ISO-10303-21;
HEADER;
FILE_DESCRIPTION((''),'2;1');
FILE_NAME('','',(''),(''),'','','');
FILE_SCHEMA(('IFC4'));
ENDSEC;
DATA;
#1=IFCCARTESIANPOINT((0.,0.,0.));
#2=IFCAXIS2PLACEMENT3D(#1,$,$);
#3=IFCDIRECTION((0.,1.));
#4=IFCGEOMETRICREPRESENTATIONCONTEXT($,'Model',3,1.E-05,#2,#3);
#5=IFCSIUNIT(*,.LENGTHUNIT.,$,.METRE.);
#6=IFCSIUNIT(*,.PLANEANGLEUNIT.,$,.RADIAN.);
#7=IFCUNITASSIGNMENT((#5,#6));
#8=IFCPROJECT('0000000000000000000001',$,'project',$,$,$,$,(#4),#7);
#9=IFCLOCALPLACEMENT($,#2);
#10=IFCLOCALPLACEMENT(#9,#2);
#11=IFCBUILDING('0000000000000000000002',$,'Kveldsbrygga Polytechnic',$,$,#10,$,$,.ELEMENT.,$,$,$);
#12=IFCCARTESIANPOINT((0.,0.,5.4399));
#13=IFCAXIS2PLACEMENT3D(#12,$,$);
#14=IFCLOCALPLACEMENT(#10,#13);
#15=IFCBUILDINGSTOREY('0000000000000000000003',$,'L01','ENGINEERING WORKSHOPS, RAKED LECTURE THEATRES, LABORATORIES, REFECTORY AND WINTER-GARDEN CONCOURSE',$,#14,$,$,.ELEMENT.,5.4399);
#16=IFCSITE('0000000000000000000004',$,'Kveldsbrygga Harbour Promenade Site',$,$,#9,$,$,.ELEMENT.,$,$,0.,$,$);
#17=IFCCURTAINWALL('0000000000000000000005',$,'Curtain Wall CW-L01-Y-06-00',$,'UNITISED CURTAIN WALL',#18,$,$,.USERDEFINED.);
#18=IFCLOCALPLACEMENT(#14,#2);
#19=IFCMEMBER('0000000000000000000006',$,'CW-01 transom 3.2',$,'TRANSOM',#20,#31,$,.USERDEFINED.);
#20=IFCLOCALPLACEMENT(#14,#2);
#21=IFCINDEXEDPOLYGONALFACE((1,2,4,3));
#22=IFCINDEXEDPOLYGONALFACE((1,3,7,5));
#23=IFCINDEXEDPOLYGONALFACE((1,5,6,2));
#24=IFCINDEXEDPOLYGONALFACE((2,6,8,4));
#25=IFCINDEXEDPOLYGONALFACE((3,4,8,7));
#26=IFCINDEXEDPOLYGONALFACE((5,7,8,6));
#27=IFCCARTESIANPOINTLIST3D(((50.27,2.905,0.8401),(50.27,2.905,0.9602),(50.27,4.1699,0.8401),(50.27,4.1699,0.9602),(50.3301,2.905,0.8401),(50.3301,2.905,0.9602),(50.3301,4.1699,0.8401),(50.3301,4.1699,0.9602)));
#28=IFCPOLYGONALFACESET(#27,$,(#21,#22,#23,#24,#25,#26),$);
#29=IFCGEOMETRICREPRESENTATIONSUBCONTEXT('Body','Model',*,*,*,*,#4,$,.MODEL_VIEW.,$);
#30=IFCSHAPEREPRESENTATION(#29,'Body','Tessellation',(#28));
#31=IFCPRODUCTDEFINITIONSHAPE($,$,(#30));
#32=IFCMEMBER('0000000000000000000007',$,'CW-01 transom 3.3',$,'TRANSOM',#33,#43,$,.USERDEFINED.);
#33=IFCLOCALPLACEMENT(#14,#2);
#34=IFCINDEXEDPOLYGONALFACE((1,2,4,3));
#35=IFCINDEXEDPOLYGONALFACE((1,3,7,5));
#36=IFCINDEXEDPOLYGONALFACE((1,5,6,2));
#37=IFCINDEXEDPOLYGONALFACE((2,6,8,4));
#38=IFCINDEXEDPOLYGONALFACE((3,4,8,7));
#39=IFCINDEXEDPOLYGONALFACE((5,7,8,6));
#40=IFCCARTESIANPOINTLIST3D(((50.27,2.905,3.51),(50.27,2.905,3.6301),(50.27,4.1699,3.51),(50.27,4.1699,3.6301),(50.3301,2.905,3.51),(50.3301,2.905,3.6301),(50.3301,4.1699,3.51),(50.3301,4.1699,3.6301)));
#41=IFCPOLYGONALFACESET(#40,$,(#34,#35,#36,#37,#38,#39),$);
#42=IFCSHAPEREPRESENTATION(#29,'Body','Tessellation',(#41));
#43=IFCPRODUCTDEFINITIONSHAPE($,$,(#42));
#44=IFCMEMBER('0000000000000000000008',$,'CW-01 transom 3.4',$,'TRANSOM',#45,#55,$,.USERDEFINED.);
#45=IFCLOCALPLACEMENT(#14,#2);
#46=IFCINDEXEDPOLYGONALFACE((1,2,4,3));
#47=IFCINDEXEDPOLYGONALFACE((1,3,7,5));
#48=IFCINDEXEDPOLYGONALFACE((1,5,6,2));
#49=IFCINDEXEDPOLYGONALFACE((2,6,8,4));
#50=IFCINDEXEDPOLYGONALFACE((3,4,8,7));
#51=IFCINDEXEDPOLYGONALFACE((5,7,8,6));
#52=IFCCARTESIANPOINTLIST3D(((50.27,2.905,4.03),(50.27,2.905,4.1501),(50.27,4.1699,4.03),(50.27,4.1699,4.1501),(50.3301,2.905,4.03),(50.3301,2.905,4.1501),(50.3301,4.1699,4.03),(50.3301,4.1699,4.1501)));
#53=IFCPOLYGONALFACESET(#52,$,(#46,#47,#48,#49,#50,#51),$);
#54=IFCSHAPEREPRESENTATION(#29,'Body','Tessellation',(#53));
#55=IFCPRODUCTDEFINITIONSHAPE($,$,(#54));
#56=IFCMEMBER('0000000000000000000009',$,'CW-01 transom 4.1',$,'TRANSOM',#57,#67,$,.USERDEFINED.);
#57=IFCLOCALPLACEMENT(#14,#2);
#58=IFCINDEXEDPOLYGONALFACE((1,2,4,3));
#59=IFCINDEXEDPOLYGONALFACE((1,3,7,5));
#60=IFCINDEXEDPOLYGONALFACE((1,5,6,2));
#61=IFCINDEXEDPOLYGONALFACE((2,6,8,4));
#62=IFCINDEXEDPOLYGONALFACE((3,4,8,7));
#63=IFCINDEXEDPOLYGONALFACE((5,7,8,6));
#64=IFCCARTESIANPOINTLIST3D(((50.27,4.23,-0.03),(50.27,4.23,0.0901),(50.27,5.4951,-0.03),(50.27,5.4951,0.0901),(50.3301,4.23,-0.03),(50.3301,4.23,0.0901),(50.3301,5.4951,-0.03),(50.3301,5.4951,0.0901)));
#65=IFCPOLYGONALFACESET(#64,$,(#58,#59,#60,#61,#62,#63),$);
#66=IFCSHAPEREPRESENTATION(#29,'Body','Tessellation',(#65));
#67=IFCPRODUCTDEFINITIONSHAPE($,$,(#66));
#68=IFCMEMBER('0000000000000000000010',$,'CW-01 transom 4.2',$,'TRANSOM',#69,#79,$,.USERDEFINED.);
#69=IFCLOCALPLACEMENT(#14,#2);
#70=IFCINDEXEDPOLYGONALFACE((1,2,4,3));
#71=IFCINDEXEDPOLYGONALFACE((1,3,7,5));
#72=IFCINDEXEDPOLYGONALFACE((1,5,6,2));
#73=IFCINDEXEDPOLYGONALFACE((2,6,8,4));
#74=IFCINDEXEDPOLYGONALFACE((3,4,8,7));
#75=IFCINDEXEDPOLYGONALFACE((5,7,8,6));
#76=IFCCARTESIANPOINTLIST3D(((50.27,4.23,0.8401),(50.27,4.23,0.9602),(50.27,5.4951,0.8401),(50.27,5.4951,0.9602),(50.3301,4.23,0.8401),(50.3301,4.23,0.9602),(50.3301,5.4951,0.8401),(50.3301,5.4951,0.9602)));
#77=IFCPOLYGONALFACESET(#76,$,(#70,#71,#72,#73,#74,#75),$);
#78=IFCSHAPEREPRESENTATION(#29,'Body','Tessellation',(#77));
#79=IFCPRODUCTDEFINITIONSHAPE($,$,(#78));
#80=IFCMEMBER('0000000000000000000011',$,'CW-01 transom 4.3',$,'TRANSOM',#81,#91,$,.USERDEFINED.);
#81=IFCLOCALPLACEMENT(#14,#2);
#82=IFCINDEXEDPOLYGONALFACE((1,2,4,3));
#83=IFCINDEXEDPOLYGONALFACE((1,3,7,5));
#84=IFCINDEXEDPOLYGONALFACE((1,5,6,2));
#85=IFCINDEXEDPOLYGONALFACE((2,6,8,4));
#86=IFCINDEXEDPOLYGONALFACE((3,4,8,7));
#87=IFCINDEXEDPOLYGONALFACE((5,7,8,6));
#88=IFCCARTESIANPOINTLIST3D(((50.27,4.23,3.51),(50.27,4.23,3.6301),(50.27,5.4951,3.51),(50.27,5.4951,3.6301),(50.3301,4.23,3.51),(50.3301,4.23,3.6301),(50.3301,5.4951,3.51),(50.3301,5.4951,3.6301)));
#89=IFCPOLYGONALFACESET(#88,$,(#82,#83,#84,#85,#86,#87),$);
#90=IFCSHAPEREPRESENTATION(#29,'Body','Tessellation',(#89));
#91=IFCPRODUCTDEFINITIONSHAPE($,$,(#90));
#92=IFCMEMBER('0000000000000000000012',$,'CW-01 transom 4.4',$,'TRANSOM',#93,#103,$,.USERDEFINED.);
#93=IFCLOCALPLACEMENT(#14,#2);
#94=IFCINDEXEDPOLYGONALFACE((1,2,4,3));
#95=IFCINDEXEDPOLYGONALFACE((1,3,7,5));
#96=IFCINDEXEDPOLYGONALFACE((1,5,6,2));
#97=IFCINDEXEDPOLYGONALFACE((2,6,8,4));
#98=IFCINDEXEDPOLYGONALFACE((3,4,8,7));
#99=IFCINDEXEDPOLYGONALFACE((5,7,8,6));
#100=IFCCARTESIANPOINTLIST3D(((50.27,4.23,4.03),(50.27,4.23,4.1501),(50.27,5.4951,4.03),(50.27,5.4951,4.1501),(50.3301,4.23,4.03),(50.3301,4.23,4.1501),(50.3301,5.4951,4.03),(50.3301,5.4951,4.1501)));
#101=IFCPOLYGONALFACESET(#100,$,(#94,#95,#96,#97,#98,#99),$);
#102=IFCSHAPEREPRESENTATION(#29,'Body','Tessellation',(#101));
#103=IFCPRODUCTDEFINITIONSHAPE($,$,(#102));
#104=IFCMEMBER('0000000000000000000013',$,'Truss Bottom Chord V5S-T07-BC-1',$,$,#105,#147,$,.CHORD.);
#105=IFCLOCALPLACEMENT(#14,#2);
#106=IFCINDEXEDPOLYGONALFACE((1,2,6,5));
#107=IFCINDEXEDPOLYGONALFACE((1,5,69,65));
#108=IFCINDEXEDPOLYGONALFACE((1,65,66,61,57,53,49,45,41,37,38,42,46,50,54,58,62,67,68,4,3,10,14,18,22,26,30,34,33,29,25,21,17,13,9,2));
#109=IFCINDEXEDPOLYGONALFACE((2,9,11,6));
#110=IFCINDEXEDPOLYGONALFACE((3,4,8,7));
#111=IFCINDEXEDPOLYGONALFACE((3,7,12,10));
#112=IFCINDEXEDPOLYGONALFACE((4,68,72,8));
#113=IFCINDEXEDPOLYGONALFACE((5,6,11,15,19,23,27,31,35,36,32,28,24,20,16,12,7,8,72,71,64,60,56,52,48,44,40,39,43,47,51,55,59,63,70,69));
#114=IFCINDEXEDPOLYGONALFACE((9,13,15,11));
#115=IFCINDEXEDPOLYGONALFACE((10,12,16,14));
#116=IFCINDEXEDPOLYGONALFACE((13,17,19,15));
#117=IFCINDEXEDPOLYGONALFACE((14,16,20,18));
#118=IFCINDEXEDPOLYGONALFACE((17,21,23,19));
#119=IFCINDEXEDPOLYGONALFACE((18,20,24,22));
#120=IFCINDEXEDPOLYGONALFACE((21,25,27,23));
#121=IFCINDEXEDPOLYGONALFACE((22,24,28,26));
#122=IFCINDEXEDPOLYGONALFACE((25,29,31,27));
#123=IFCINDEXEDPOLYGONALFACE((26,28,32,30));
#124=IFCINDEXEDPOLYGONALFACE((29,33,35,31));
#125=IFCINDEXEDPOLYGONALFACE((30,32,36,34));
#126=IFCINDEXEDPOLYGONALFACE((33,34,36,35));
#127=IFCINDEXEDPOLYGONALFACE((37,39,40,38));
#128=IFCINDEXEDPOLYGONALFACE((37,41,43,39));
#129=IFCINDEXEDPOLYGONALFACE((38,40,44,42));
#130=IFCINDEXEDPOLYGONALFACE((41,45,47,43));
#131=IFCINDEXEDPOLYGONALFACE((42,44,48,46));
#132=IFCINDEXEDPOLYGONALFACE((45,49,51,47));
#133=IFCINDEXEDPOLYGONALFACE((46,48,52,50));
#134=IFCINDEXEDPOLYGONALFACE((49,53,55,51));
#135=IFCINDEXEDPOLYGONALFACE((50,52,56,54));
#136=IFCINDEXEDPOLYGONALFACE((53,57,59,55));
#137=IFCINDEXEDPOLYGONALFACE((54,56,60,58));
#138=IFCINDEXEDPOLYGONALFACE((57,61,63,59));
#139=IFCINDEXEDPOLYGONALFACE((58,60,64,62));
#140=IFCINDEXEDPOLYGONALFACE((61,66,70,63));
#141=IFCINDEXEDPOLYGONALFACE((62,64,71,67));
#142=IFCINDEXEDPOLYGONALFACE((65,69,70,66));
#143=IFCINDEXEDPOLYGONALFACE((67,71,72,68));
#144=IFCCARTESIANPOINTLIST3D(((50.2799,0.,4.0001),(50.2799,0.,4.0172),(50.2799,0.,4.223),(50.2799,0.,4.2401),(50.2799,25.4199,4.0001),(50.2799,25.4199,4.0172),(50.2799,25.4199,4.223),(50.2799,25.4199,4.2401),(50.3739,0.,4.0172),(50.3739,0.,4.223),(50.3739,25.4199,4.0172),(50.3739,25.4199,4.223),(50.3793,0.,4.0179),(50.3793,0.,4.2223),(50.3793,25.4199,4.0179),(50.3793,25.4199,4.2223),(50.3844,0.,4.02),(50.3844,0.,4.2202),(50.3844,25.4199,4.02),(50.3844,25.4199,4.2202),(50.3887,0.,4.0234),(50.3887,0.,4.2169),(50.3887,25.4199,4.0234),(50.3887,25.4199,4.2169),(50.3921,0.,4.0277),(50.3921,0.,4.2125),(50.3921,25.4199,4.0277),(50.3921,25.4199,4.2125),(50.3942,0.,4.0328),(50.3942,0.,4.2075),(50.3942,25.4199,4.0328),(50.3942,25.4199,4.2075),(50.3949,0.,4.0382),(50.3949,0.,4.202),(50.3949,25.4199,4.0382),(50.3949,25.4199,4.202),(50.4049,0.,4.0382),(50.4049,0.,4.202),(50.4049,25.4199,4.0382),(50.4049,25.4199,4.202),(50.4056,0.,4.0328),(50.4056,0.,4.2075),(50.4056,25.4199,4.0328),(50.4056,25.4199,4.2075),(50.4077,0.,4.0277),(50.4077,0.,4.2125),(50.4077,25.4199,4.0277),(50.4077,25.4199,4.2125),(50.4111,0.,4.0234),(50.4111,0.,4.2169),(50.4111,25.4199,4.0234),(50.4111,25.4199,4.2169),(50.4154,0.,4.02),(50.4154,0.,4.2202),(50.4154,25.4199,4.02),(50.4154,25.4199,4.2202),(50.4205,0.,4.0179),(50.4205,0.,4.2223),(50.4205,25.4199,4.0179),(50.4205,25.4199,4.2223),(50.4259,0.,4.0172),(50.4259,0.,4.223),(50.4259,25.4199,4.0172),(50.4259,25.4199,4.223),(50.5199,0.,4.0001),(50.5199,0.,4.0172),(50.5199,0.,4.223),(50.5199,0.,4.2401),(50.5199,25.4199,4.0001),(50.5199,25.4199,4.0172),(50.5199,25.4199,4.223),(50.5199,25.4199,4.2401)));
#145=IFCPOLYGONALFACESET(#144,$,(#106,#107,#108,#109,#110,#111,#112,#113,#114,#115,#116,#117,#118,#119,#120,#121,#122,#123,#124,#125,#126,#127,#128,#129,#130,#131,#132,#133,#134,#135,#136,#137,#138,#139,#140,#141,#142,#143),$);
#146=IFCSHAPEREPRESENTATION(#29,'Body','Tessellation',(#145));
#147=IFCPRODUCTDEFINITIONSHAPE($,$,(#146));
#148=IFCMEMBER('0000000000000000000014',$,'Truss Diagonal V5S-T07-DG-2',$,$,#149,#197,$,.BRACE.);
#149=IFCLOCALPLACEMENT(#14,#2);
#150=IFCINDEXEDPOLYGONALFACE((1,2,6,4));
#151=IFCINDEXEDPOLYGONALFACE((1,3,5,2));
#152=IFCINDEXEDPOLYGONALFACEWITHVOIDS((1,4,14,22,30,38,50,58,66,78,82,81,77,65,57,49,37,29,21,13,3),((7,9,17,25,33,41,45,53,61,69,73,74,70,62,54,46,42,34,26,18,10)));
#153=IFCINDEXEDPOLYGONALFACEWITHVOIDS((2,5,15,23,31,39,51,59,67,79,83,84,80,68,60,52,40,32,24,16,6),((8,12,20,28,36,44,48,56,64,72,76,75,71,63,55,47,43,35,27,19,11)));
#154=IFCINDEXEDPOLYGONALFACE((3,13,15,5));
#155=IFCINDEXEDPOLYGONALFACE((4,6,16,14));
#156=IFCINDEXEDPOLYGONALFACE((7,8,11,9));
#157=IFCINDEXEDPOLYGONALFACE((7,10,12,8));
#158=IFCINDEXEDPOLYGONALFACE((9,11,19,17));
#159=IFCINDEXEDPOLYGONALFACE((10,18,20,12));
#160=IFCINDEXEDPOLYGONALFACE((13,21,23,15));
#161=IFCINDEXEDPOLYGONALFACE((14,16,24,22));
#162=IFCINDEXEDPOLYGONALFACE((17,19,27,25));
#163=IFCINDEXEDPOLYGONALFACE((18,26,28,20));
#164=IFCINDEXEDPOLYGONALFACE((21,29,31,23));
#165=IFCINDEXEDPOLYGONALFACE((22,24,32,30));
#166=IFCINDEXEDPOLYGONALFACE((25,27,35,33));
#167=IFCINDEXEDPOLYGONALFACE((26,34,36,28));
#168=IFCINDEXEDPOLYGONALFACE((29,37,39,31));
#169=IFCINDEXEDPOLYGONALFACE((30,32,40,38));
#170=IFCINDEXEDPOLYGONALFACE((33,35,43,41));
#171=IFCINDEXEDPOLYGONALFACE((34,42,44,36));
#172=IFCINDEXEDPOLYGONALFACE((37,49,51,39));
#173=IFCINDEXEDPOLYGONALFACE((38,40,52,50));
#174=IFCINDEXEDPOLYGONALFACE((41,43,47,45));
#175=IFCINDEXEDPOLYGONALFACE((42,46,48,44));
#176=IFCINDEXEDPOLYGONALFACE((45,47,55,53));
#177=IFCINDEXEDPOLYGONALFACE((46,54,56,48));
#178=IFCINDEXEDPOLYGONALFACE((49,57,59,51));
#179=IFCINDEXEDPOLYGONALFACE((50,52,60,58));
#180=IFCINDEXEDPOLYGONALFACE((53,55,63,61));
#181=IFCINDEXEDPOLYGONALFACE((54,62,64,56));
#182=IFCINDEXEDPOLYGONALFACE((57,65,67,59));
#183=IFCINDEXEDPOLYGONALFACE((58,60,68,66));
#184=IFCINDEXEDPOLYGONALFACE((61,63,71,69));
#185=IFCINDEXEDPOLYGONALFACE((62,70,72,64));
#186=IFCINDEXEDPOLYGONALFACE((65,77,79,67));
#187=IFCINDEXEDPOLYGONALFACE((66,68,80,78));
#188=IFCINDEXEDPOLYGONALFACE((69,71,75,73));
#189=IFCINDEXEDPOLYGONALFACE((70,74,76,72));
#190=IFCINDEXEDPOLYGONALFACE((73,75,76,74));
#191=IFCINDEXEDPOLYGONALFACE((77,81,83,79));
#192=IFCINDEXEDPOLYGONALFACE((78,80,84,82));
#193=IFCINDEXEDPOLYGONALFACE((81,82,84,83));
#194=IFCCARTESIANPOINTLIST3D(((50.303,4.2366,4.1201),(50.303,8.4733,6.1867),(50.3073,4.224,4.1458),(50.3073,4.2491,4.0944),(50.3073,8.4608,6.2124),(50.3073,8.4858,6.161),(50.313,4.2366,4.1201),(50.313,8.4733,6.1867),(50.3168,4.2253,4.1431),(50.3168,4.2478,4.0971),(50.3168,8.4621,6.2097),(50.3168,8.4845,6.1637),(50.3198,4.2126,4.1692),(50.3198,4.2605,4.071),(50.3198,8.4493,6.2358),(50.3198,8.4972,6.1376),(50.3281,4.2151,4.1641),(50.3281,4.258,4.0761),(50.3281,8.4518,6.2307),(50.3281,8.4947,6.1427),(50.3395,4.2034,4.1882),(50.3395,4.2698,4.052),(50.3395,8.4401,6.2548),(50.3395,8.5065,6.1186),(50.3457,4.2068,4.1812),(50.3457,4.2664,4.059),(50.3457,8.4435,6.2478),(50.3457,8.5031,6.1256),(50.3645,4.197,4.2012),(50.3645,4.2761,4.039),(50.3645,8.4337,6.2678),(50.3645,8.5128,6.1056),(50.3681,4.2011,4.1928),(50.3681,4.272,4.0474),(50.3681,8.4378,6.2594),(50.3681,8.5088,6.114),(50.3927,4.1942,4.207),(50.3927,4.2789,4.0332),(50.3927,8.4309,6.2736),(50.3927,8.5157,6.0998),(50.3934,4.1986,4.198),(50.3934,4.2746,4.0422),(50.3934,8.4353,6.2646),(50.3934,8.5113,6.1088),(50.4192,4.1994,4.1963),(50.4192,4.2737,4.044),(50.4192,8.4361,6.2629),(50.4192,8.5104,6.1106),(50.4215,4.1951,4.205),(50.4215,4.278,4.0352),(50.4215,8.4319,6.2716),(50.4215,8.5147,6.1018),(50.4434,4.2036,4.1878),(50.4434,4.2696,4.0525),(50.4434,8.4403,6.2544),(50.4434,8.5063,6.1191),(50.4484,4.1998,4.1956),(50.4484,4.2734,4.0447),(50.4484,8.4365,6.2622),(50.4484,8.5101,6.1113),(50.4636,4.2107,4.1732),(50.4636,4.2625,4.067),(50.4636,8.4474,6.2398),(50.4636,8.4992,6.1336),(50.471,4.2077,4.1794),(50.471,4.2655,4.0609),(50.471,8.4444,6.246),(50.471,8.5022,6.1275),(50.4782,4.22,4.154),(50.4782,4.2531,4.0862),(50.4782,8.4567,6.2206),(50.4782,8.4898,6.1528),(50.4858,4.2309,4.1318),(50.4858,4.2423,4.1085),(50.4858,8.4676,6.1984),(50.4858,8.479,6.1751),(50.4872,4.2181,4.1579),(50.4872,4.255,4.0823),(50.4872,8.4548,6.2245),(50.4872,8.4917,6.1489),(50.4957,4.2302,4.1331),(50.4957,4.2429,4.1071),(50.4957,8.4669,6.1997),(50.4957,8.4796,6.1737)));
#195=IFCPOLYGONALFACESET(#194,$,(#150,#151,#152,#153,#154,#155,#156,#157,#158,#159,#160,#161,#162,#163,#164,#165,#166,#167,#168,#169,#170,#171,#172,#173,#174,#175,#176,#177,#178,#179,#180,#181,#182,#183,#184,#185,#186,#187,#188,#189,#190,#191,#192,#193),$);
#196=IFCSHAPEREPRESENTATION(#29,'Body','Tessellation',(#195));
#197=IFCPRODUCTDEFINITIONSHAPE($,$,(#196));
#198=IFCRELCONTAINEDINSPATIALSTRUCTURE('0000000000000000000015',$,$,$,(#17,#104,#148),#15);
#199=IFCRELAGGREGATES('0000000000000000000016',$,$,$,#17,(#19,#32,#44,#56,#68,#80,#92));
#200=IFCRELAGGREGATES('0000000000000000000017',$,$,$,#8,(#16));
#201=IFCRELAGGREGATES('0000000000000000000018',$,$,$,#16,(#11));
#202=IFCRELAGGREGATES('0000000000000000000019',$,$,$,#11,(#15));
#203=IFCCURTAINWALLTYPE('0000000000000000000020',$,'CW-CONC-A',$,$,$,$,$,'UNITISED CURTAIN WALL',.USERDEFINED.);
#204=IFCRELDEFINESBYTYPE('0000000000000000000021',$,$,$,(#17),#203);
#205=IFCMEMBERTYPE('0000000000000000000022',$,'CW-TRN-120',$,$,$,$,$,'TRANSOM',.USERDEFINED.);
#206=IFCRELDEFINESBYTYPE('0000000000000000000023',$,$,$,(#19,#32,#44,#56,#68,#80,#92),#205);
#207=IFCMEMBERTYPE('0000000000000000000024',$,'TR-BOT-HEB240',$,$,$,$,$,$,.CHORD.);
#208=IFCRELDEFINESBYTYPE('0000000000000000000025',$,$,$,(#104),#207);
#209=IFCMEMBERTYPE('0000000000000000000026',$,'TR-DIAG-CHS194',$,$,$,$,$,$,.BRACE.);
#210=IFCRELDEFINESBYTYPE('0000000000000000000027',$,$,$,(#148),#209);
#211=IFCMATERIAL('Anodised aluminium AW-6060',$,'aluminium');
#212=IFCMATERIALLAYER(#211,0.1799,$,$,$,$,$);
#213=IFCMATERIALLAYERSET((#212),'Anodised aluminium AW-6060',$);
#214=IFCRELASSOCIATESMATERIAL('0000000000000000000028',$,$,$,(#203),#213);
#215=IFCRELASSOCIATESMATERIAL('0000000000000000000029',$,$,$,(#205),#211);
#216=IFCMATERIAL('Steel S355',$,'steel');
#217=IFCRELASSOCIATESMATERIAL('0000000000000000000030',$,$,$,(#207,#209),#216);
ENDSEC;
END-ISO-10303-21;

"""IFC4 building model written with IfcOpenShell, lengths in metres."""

from ifc_helpers import new_model, si_unit, direction, frame, origin, origin_2d, place, context, subcontext, project, spatial, rectangle, hollow_circle, i_section, extrude, material, layer, layer_set, material_profile, profile_set, type_object, element, aggregate, save


model = new_model("IFC4")

# Units and contexts
model_context = context("Model", 3, precision=1e-05, world=origin(), true_north=direction((0.0, 1.0)))
body_context = subcontext(model_context, "Body", "Model", "MODEL_VIEW")
ifc_project = project(units=[si_unit("LENGTHUNIT", "METRE"), si_unit("PLANEANGLEUNIT", "RADIAN")], contexts=[model_context])

# Site, building, storey
site_placement = place(None, origin())
site = spatial("IfcSite", under=ifc_project, at=site_placement, Name="Kveldsbrygga Harbour Promenade Site", CompositionType="ELEMENT", RefElevation=0.0)
building_placement = place(site_placement, origin())
building = spatial("IfcBuilding", under=site, at=building_placement, Name="Kveldsbrygga Polytechnic", CompositionType="ELEMENT")
storey_placement = place(building_placement, frame((0.0, 0.0, 5.4399)))
storey = spatial("IfcBuildingStorey", under=building, at=storey_placement, Name="L01", Description="ENGINEERING WORKSHOPS, RAKED LECTURE THEATRES, LABORATORIES, REFECTORY AND WINTER-GARDEN CONCOURSE", CompositionType="ELEMENT", Elevation=5.4399)

# Curtain wall, members
ifc_material_1 = material(Name="Anodised aluminium AW-6060", Category="aluminium")
ifc_layer_1 = layer(ifc_material_1, 0.1799)
ifc_layer_set_1 = layer_set([ifc_layer_1], Name="Anodised aluminium AW-6060")
curtain_wall_type = type_object("IfcCurtainWallType", Name="CW-CONC-A", ElementType="UNITISED CURTAIN WALL", PredefinedType="USERDEFINED", material=ifc_layer_set_1)
curtain_wall_placement = place(storey_placement, origin())
curtain_wall = element("IfcCurtainWall", 1, at=curtain_wall_placement, inside=storey, type_object=curtain_wall_type, Name="Curtain Wall CW-L01-Y-06-00", ObjectType="UNITISED CURTAIN WALL", PredefinedType="USERDEFINED")
ifc_material_profile_1 = material_profile(ifc_material_1, rectangle(XDim=0.0601, YDim=0.1201, at=origin_2d()), Name="ALU 60x120")
ifc_profile_set_1 = profile_set([ifc_material_profile_1], Name="Anodised aluminium AW-6060")
member_type_1 = type_object("IfcMemberType", Name="CW-TRN-120", ElementType="TRANSOM", PredefinedType="USERDEFINED", material=ifc_profile_set_1)
member_1_placement = place(storey_placement, frame((50.3, 2.905, 0.9001), z_axis=(0.0, 1.0, 0.0), x_axis=(-1.0, 0.0, 0.0)))
member_1 = element("IfcMember", 2, at=member_1_placement, type_object=member_type_1, Name="CW-01 transom 3.2", ObjectType="TRANSOM", PredefinedType="USERDEFINED", context=body_context, shape_type="SweptSolid", body=[
    extrude(rectangle(XDim=0.0601, YDim=0.1201, at=origin_2d()), origin(), (0.0, 0.0, 1.0), 1.2649),
])
member_2_placement = place(storey_placement, frame((50.3, 2.905, 3.5701), z_axis=(0.0, 1.0, 0.0), x_axis=(-1.0, 0.0, 0.0)))
member_2 = element("IfcMember", 3, at=member_2_placement, type_object=member_type_1, Name="CW-01 transom 3.3", ObjectType="TRANSOM", PredefinedType="USERDEFINED", context=body_context, shape_type="SweptSolid", body=[
    extrude(rectangle(XDim=0.0601, YDim=0.1201, at=origin_2d()), origin(), (0.0, 0.0, 1.0), 1.2649),
])
member_3_placement = place(storey_placement, frame((50.3, 2.905, 4.0901), z_axis=(0.0, 1.0, 0.0), x_axis=(-1.0, 0.0, 0.0)))
member_3 = element("IfcMember", 4, at=member_3_placement, type_object=member_type_1, Name="CW-01 transom 3.4", ObjectType="TRANSOM", PredefinedType="USERDEFINED", context=body_context, shape_type="SweptSolid", body=[
    extrude(rectangle(XDim=0.0601, YDim=0.1201, at=origin_2d()), origin(), (0.0, 0.0, 1.0), 1.2649),
])
member_4_placement = place(storey_placement, frame((50.3, 4.23, 0.03), z_axis=(0.0, 1.0, 0.0), x_axis=(-1.0, 0.0, 0.0)))
member_4 = element("IfcMember", 5, at=member_4_placement, type_object=member_type_1, Name="CW-01 transom 4.1", ObjectType="TRANSOM", PredefinedType="USERDEFINED", context=body_context, shape_type="SweptSolid", body=[
    extrude(rectangle(XDim=0.0601, YDim=0.1201, at=origin_2d()), origin(), (0.0, 0.0, 1.0), 1.2651),
])
member_5_placement = place(storey_placement, frame((50.3, 4.23, 0.9001), z_axis=(0.0, 1.0, 0.0), x_axis=(-1.0, 0.0, 0.0)))
member_5 = element("IfcMember", 6, at=member_5_placement, type_object=member_type_1, Name="CW-01 transom 4.2", ObjectType="TRANSOM", PredefinedType="USERDEFINED", context=body_context, shape_type="SweptSolid", body=[
    extrude(rectangle(XDim=0.0601, YDim=0.1201, at=origin_2d()), origin(), (0.0, 0.0, 1.0), 1.2651),
])
member_6_placement = place(storey_placement, frame((50.3, 4.23, 3.5701), z_axis=(0.0, 1.0, 0.0), x_axis=(-1.0, 0.0, 0.0)))
member_6 = element("IfcMember", 7, at=member_6_placement, type_object=member_type_1, Name="CW-01 transom 4.3", ObjectType="TRANSOM", PredefinedType="USERDEFINED", context=body_context, shape_type="SweptSolid", body=[
    extrude(rectangle(XDim=0.0601, YDim=0.1201, at=origin_2d()), origin(), (0.0, 0.0, 1.0), 1.2651),
])
member_7_placement = place(storey_placement, frame((50.3, 4.23, 4.0901), z_axis=(0.0, 1.0, 0.0), x_axis=(-1.0, 0.0, 0.0)))
member_7 = element("IfcMember", 8, at=member_7_placement, type_object=member_type_1, Name="CW-01 transom 4.4", ObjectType="TRANSOM", PredefinedType="USERDEFINED", context=body_context, shape_type="SweptSolid", body=[
    extrude(rectangle(XDim=0.0601, YDim=0.1201, at=origin_2d()), origin(), (0.0, 0.0, 1.0), 1.2651),
])

# Members
ifc_material_2 = material(Name="Steel S355", Category="steel")
ifc_material_profile_2 = material_profile(ifc_material_2, i_section(OverallWidth=0.24, OverallDepth=0.24, WebThickness=0.01, FlangeThickness=0.0171, FilletRadius=0.021, at=origin_2d()), Name="HEB 240")
ifc_profile_set_2 = profile_set([ifc_material_profile_2], Name="Steel S355")
member_type_2 = type_object("IfcMemberType", Name="TR-BOT-HEB240", PredefinedType="CHORD", material=ifc_profile_set_2)
member_8_placement = place(storey_placement, frame((50.3999, 0.0, 4.1201), z_axis=(0.0, 1.0, 0.0), x_axis=(-1.0, 0.0, 0.0)))
element("IfcMember", 9, at=member_8_placement, inside=storey, type_object=member_type_2, Name="Truss Bottom Chord V5S-T07-BC-1", PredefinedType="CHORD", context=body_context, shape_type="SweptSolid", body=[
    extrude(i_section(OverallWidth=0.24, OverallDepth=0.24, WebThickness=0.01, FlangeThickness=0.0171, FilletRadius=0.021, at=origin_2d()), origin(), (0.0, 0.0, 1.0), 25.4199),
])
ifc_material_profile_3 = material_profile(ifc_material_2, hollow_circle(Radius=0.0969, WallThickness=0.01, at=origin_2d()), Name="CHS 193.7x10.0")
ifc_profile_set_3 = profile_set([ifc_material_profile_3], Name="Steel S355")
member_type_3 = type_object("IfcMemberType", Name="TR-DIAG-CHS194", PredefinedType="BRACE", material=ifc_profile_set_3)
member_9_placement = place(storey_placement, frame((50.3999, 4.2366, 4.1201), z_axis=(0.0, 0.898776, 0.438408), x_axis=(-1.0, 0.0, 0.0)))
element("IfcMember", 10, at=member_9_placement, inside=storey, type_object=member_type_3, Name="Truss Diagonal V5S-T07-DG-2", PredefinedType="BRACE", context=body_context, shape_type="SweptSolid", body=[
    extrude(hollow_circle(Radius=0.0969, WallThickness=0.01, at=origin_2d()), origin(), (0.0, 0.0, 1.0), 4.7139),
])

aggregate(curtain_wall, [member_1, member_2, member_3, member_4, member_5, member_6, member_7])

save(model, "model.ifc")
